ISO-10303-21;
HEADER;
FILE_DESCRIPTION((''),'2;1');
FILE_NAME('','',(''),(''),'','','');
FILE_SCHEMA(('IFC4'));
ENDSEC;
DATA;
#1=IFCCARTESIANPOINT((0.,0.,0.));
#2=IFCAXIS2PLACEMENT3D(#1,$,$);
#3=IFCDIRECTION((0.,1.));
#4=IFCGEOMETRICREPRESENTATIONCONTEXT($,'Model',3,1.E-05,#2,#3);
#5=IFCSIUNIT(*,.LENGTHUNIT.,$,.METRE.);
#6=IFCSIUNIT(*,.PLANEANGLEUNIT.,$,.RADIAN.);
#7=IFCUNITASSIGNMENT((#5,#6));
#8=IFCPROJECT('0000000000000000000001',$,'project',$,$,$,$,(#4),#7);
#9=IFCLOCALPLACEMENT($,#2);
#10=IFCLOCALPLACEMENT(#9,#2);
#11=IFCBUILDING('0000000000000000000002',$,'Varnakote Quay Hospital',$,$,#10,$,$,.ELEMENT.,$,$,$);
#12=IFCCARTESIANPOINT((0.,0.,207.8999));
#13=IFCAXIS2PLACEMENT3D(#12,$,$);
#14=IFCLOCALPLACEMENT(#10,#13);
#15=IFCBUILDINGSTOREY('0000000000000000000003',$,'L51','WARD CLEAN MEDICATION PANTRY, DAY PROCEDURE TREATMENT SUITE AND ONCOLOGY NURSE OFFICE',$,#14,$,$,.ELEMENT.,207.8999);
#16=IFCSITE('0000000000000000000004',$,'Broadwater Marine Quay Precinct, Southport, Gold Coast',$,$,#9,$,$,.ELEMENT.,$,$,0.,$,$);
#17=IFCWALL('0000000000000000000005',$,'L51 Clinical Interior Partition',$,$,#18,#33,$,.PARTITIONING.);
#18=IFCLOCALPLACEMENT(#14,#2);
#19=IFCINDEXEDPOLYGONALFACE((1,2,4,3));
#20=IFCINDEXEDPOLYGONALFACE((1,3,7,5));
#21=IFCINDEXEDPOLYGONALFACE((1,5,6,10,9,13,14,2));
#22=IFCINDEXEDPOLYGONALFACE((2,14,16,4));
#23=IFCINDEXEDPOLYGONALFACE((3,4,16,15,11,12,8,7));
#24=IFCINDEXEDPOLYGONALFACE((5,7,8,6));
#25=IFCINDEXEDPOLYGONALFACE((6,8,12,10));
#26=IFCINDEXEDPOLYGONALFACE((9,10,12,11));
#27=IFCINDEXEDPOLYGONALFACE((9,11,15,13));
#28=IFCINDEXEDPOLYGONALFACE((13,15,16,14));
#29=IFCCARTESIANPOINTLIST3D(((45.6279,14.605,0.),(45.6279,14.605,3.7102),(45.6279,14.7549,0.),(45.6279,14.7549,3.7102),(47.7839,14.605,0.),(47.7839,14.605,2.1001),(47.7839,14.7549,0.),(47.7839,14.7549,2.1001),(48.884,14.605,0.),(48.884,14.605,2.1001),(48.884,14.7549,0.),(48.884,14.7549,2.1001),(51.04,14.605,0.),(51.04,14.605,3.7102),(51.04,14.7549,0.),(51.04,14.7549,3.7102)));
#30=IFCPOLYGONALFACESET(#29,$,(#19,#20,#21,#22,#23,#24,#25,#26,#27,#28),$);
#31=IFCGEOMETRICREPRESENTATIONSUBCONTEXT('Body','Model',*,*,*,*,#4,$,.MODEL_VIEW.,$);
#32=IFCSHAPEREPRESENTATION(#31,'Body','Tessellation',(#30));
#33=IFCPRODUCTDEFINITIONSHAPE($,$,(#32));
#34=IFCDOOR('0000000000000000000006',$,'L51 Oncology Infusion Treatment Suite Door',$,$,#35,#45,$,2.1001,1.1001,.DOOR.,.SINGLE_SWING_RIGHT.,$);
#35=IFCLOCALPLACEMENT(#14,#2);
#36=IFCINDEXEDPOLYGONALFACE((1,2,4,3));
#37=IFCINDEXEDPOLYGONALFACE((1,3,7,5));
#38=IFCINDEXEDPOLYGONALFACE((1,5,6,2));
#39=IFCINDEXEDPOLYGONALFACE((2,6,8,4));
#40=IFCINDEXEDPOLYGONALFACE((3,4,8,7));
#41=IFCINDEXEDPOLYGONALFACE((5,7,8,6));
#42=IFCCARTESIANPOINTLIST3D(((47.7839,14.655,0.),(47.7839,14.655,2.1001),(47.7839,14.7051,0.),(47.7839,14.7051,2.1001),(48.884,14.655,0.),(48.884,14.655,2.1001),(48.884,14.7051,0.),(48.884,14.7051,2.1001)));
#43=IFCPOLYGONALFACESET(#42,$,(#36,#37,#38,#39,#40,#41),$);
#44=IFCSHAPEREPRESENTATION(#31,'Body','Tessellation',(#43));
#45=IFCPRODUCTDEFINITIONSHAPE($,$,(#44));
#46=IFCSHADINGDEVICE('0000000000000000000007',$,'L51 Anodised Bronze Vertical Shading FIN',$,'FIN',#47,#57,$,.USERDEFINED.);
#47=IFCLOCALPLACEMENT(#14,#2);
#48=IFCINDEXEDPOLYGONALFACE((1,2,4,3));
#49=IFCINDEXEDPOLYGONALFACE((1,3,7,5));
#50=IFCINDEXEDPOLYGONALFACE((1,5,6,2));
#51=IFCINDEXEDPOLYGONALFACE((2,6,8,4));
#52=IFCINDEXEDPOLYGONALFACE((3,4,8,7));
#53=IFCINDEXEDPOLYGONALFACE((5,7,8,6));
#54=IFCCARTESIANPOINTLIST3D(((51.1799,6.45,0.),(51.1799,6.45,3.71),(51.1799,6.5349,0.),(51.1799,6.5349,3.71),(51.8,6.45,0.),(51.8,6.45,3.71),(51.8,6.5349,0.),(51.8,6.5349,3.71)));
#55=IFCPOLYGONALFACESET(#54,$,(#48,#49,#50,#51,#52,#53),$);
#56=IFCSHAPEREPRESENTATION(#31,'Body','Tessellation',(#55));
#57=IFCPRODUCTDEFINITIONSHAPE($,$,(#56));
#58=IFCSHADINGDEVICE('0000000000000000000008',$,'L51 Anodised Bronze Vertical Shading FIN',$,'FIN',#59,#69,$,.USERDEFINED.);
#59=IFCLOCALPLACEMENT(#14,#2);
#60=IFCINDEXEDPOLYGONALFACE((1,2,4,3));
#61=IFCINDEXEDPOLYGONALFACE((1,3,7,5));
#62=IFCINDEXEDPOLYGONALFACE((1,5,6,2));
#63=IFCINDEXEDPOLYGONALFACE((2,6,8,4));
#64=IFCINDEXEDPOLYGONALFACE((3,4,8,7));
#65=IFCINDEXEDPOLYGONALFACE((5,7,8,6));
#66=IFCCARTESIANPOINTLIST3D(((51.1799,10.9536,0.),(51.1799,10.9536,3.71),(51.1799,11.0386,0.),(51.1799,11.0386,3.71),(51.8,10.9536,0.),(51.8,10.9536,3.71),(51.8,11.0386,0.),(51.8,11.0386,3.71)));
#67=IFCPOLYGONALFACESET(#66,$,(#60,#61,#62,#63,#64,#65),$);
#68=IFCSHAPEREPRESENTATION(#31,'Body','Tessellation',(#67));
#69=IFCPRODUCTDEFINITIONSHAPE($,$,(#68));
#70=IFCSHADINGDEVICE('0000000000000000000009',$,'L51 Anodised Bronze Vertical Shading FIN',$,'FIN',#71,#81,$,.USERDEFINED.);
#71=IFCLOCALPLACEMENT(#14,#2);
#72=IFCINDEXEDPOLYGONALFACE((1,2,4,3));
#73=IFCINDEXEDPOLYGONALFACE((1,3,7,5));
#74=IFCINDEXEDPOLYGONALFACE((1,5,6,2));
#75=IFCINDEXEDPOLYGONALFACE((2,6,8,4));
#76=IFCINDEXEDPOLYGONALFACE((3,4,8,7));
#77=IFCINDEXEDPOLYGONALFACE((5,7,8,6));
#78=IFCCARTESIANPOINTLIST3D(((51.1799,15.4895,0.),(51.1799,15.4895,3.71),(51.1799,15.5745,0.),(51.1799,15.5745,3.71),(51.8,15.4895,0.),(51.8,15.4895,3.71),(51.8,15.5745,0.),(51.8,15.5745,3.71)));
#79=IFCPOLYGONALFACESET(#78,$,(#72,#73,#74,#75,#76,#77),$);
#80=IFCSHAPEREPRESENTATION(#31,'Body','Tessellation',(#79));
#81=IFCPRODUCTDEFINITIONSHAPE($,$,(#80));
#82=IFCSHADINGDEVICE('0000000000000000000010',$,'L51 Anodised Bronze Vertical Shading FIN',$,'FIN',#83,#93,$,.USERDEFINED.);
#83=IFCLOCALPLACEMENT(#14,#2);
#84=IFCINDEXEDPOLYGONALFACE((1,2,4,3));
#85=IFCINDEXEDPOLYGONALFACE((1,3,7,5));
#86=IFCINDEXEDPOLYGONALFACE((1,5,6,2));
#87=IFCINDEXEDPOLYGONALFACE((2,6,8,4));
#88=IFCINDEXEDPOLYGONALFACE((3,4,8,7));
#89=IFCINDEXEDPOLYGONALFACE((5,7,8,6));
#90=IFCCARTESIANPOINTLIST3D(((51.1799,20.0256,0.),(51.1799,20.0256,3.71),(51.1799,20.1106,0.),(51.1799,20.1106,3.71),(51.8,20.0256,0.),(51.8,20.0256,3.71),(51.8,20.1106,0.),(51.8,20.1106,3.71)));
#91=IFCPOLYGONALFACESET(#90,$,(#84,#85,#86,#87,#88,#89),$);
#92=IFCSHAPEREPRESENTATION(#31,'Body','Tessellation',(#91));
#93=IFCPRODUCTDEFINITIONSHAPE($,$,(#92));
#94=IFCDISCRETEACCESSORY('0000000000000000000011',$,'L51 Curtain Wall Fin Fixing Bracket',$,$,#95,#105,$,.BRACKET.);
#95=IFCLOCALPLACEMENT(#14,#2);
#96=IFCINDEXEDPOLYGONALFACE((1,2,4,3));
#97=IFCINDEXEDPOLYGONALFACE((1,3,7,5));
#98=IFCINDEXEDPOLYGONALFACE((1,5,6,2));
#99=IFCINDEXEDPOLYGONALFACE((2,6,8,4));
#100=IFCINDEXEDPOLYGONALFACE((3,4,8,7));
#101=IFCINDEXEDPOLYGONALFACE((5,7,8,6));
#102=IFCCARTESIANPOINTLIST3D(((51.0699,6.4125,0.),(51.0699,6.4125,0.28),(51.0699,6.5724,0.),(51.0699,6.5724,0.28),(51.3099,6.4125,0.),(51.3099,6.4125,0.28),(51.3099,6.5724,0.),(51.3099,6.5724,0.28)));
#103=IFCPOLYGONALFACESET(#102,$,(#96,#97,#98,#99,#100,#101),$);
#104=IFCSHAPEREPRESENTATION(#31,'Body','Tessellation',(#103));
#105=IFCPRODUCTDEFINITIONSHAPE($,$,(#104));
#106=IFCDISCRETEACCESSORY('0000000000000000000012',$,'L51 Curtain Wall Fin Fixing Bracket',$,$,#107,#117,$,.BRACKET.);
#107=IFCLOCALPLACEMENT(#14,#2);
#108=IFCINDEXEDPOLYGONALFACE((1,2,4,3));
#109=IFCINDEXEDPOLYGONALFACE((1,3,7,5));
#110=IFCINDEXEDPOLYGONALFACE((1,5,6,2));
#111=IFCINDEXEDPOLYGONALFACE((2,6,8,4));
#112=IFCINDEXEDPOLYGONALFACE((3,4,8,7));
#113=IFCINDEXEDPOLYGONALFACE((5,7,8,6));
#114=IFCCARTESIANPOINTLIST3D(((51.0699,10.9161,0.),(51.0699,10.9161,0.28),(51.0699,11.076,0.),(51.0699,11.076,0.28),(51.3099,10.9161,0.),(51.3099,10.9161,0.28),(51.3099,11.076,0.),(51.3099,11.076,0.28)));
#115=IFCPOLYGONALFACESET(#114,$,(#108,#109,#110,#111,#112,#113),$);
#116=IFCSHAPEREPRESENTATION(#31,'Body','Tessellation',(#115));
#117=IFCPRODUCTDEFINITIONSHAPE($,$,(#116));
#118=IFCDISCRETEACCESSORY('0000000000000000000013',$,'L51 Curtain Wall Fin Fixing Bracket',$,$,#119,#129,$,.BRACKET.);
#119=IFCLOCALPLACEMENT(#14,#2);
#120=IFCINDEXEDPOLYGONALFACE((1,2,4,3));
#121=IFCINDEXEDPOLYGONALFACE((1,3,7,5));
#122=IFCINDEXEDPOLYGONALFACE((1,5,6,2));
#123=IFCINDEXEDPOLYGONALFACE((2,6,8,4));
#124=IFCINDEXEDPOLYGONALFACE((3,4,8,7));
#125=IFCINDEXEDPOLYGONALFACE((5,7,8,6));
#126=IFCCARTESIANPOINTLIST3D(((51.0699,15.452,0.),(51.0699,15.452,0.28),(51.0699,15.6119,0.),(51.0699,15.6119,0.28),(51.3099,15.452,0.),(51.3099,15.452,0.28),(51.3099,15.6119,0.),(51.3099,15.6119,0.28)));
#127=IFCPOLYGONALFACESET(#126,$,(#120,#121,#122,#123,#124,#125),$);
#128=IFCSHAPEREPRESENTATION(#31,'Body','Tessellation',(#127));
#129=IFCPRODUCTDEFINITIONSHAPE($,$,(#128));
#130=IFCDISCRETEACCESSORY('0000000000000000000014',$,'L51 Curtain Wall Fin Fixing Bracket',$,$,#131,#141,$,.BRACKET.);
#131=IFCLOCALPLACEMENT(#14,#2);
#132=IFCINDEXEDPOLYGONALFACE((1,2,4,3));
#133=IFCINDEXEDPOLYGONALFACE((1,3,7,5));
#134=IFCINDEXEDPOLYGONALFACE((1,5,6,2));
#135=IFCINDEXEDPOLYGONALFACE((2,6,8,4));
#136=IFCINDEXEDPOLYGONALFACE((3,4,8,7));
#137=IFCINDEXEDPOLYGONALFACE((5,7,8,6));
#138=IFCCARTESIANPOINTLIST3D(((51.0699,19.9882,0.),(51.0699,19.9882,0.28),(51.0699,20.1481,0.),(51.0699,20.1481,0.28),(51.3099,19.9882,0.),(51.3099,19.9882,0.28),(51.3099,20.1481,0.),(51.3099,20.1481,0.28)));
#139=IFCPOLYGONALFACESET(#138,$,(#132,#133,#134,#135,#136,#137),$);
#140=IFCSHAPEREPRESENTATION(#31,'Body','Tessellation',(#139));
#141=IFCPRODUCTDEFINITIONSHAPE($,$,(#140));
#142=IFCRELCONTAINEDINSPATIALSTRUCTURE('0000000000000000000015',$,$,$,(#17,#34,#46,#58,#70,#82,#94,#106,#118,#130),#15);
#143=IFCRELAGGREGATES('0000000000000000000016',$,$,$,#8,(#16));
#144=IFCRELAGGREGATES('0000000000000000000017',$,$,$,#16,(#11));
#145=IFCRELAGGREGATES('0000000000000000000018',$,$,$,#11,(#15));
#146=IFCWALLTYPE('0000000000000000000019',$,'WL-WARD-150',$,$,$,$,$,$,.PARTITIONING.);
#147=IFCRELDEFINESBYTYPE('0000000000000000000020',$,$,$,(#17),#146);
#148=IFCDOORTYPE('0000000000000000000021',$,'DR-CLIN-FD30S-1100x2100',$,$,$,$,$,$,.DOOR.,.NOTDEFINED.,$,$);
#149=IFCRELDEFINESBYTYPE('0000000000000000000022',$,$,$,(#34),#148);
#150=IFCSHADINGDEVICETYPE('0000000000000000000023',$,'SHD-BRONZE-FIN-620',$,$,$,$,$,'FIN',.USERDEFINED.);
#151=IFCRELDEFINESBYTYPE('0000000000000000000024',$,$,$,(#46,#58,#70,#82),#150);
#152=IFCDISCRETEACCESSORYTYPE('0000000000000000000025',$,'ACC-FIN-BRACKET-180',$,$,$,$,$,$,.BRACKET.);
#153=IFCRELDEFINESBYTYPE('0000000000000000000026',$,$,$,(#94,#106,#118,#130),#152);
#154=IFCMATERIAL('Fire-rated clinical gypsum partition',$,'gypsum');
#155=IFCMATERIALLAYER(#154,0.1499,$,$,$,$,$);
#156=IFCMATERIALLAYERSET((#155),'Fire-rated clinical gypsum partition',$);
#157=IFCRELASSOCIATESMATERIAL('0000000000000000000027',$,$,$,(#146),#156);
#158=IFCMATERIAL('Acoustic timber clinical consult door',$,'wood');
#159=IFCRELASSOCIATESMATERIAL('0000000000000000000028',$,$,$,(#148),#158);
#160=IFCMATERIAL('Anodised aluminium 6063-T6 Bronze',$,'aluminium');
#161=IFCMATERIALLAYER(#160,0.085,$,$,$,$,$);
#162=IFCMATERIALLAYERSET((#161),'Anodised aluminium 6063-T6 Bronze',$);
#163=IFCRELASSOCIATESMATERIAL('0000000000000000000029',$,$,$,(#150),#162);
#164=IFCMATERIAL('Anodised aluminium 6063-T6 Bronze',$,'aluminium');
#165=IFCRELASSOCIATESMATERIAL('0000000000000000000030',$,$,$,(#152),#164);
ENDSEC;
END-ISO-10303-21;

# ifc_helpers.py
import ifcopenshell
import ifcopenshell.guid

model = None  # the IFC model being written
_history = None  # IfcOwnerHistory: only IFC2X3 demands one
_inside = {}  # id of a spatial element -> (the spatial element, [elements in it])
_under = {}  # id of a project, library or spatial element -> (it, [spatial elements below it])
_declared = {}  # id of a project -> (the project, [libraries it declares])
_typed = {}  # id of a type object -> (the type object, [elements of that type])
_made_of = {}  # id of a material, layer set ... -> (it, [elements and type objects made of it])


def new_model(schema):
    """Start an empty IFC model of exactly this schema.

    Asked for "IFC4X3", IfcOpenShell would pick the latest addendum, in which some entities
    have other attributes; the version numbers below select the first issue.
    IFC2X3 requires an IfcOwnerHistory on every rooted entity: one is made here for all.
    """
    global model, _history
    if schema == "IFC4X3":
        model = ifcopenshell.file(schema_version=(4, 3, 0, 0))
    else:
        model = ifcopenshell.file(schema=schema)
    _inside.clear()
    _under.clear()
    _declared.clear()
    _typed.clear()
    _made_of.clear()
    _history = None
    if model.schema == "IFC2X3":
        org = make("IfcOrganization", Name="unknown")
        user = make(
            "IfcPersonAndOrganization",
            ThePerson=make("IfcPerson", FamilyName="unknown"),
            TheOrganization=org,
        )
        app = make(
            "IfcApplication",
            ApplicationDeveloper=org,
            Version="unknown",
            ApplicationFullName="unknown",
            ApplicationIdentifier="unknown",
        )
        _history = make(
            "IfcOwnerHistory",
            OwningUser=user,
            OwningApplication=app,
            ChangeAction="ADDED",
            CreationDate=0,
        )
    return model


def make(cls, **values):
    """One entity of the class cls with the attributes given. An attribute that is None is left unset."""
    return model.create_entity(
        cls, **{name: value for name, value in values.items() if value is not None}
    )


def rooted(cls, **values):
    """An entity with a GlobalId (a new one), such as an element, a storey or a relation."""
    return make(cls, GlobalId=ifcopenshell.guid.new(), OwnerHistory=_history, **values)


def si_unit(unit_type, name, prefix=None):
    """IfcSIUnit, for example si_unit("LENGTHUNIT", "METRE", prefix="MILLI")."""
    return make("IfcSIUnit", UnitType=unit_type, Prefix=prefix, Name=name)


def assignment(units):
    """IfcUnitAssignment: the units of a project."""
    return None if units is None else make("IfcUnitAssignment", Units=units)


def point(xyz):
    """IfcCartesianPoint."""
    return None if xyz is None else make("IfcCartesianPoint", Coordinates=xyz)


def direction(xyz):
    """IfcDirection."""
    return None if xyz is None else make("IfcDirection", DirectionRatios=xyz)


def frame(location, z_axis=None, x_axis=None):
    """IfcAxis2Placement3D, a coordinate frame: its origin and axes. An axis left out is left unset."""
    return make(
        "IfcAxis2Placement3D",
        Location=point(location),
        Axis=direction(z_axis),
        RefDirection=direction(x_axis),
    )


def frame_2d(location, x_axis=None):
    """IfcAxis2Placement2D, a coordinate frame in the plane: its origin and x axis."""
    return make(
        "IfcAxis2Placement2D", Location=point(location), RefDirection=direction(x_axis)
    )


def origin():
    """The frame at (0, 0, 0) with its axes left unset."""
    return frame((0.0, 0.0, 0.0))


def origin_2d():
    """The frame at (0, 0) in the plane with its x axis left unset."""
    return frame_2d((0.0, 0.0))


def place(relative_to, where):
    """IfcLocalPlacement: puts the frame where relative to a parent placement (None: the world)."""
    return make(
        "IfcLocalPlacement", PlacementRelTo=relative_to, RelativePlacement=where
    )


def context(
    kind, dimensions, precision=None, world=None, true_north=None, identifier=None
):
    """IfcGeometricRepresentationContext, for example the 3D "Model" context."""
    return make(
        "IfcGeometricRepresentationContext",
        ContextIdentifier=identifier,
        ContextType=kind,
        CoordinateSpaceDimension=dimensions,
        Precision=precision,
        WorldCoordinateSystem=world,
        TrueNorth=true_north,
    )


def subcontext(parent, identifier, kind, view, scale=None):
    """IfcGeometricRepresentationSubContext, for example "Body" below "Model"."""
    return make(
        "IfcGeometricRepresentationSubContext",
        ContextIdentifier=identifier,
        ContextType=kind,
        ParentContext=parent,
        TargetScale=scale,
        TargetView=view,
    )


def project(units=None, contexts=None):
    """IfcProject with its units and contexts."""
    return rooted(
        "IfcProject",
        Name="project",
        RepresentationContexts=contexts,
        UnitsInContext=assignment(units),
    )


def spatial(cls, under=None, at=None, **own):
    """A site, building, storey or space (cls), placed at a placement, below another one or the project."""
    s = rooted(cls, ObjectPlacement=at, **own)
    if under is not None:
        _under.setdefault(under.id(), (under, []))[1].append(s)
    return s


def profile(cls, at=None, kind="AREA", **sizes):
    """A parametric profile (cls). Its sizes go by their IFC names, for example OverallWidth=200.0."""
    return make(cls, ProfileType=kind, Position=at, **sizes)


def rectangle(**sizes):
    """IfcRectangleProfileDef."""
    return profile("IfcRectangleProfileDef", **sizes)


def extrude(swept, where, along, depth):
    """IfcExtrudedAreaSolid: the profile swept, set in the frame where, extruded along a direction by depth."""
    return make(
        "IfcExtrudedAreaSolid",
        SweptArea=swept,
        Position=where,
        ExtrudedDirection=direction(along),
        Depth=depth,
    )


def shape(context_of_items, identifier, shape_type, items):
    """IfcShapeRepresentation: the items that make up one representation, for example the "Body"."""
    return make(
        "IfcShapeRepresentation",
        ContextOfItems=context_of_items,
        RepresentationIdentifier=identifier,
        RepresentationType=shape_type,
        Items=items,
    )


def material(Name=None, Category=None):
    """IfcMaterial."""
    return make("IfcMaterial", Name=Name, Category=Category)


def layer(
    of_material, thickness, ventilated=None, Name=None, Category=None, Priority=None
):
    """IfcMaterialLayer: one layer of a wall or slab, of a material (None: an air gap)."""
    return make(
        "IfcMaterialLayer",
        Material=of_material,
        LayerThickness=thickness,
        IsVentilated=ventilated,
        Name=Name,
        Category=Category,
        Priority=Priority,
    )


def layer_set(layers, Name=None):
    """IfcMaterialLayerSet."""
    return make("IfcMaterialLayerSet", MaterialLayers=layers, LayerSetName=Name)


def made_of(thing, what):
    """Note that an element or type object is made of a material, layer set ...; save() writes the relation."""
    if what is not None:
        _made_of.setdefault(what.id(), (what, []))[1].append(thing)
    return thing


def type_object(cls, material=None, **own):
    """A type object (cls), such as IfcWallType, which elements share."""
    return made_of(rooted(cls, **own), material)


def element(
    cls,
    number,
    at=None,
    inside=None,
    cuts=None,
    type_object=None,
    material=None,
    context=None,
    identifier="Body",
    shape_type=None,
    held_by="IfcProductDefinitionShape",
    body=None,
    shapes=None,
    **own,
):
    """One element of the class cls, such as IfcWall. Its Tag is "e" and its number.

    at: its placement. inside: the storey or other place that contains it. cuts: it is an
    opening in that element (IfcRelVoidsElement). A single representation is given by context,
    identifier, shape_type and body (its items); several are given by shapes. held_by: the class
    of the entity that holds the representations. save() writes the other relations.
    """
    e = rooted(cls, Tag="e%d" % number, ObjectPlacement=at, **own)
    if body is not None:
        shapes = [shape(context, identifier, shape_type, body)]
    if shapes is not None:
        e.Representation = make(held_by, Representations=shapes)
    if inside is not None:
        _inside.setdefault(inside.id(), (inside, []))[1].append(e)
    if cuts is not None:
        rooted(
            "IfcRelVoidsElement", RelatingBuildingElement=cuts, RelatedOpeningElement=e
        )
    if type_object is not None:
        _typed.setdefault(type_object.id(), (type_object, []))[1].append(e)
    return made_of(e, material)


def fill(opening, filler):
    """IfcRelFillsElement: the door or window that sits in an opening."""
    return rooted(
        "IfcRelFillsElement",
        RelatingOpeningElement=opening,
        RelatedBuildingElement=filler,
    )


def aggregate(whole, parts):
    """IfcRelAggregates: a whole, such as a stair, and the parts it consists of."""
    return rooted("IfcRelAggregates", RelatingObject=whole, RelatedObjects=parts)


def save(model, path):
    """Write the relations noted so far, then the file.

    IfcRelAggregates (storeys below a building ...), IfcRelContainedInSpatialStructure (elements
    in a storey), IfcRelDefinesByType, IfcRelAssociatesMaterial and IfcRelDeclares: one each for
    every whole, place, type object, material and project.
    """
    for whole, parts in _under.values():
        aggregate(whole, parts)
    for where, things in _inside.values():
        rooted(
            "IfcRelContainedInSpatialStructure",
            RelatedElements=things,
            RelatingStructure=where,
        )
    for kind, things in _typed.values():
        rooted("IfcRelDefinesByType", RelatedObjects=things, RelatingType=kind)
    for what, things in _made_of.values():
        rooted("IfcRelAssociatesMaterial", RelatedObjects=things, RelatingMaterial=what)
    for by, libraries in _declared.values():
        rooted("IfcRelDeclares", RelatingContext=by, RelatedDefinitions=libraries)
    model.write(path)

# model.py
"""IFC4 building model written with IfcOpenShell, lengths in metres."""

from ifc_helpers import new_model, si_unit, direction, frame, frame_2d, origin, origin_2d, place, context, subcontext, project, spatial, rectangle, extrude, material, layer, layer_set, type_object, element, fill, save


model = new_model("IFC4")

# Units and contexts
model_context = context("Model", 3, precision=1e-05, world=origin(), true_north=direction((0.0, 1.0)))
body_context = subcontext(model_context, "Body", "Model", "MODEL_VIEW")
ifc_project = project(units=[si_unit("LENGTHUNIT", "METRE"), si_unit("PLANEANGLEUNIT", "RADIAN")], contexts=[model_context])

# Site, building, storey
site_placement = place(None, origin())
site = spatial("IfcSite", under=ifc_project, at=site_placement, Name="Broadwater Marine Quay Precinct, Southport, Gold Coast", CompositionType="ELEMENT", RefElevation=0.0)
building_placement = place(site_placement, origin())
building = spatial("IfcBuilding", under=site, at=building_placement, Name="Varnakote Quay Hospital", CompositionType="ELEMENT")
storey_placement = place(building_placement, frame((0.0, 0.0, 207.8999)))
storey = spatial("IfcBuildingStorey", under=building, at=storey_placement, Name="L51", Description="WARD CLEAN MEDICATION PANTRY, DAY PROCEDURE TREATMENT SUITE AND ONCOLOGY NURSE OFFICE", CompositionType="ELEMENT", Elevation=207.8999)

# Wall, opening, door
ifc_material_1 = material(Name="Fire-rated clinical gypsum partition", Category="gypsum")
ifc_layer_1 = layer(ifc_material_1, 0.1499)
ifc_layer_set_1 = layer_set([ifc_layer_1], Name="Fire-rated clinical gypsum partition")
wall_type = type_object("IfcWallType", Name="WL-WARD-150", PredefinedType="PARTITIONING", material=ifc_layer_set_1)
ifc_material_2 = material(Name="Acoustic timber clinical consult door", Category="wood")
door_type = type_object("IfcDoorType", Name="DR-CLIN-FD30S-1100x2100", OperationType="NOTDEFINED", PredefinedType="DOOR", material=ifc_material_2)
wall_1_placement = place(storey_placement, frame((51.04, 14.6799, 0.0), z_axis=(0.0, 0.0, 1.0), x_axis=(-1.0, 0.0, 0.0)))
wall_1 = element("IfcWall", 1, at=wall_1_placement, inside=storey, type_object=wall_type, Name="L51 Clinical Interior Partition", PredefinedType="PARTITIONING", context=body_context, shape_type="SweptSolid", body=[
    extrude(rectangle(XDim=5.4121, YDim=0.1499, at=frame_2d((2.7061, 0.0))), origin(), (0.0, 0.0, 1.0), 3.7102),
])
opening_1_placement = place(wall_1_placement, frame((2.156, 0.0, 0.0)))
opening_1 = element("IfcOpeningElement", 2, at=opening_1_placement, cuts=wall_1, PredefinedType="OPENING", context=body_context, shape_type="SweptSolid", body=[
    extrude(rectangle(XDim=1.1001, YDim=2.1001, at=frame_2d((0.55, 1.05))), frame((0.0, 0.085, 0.0), z_axis=(0.0, -1.0, 0.0), x_axis=(1.0, 0.0, 0.0)), (0.0, 0.0, 1.0), 0.1699),
])
door_1_placement = place(opening_1_placement, origin())
door_1 = element("IfcDoor", 3, at=door_1_placement, inside=storey, type_object=door_type, Name="L51 Oncology Infusion Treatment Suite Door", OperationType="SINGLE_SWING_RIGHT", OverallHeight=2.1001, OverallWidth=1.1001, PredefinedType="DOOR", context=body_context, shape_type="SweptSolid", body=[
    extrude(rectangle(XDim=1.1001, YDim=2.1001, at=frame_2d((0.55, 1.05))), frame((0.0, 0.0249, 0.0), z_axis=(0.0, -1.0, 0.0), x_axis=(1.0, 0.0, 0.0)), (0.0, 0.0, 1.0), 0.05),
])
fill(opening_1, door_1)

# Shading devices
ifc_material_3 = material(Name="Anodised aluminium 6063-T6 Bronze", Category="aluminium")
ifc_layer_2 = layer(ifc_material_3, 0.085)
ifc_layer_set_2 = layer_set([ifc_layer_2], Name="Anodised aluminium 6063-T6 Bronze")
shading_device_type = type_object("IfcShadingDeviceType", Name="SHD-BRONZE-FIN-620", ElementType="FIN", PredefinedType="USERDEFINED", material=ifc_layer_set_2)
for number, where, z_axis, x_axis, name in (
    (4, (51.49, 6.4924, 0.0), (0.0, 0.0, 1.0), (-1.0, 0.0, 0.0), "L51 Anodised Bronze Vertical Shading FIN"),
    (5, (51.49, 10.9961, 0.0), (0.0, 0.0, 1.0), (-1.0, 0.0, 0.0), "L51 Anodised Bronze Vertical Shading FIN"),
    (6, (51.49, 15.532, 0.0), (0.0, 0.0, 1.0), (-1.0, 0.0, 0.0), "L51 Anodised Bronze Vertical Shading FIN"),
    (7, (51.49, 20.0681, 0.0), (0.0, 0.0, 1.0), (-1.0, 0.0, 0.0), "L51 Anodised Bronze Vertical Shading FIN"),
):
    element("IfcShadingDevice", number, at=place(storey_placement, frame(where, z_axis=z_axis, x_axis=x_axis)), inside=storey, type_object=shading_device_type, Name=name, ObjectType="FIN", PredefinedType="USERDEFINED", context=body_context, shape_type="SweptSolid", body=[
        extrude(rectangle(XDim=0.6201, YDim=0.085, at=origin_2d()), origin(), (0.0, 0.0, 1.0), 3.71),
    ])

# Discrete accessories
ifc_material_4 = material(Name="Anodised aluminium 6063-T6 Bronze", Category="aluminium")
discrete_accessory_type = type_object("IfcDiscreteAccessoryType", Name="ACC-FIN-BRACKET-180", PredefinedType="BRACKET", material=ifc_material_4)
for number, where, z_axis, x_axis, name in (
    (8, (51.1899, 6.4924, 0.0), (0.0, 0.0, 1.0), (0.0, 1.0, 0.0), "L51 Curtain Wall Fin Fixing Bracket"),
    (9, (51.1899, 10.9961, 0.0), (0.0, 0.0, 1.0), (0.0, 1.0, 0.0), "L51 Curtain Wall Fin Fixing Bracket"),
    (10, (51.1899, 15.532, 0.0), (0.0, 0.0, 1.0), (0.0, 1.0, 0.0), "L51 Curtain Wall Fin Fixing Bracket"),
    (11, (51.1899, 20.0681, 0.0), (0.0, 0.0, 1.0), (0.0, 1.0, 0.0), "L51 Curtain Wall Fin Fixing Bracket"),
):
    element("IfcDiscreteAccessory", number, at=place(storey_placement, frame(where, z_axis=z_axis, x_axis=x_axis)), inside=storey, type_object=discrete_accessory_type, Name=name, PredefinedType="BRACKET", context=body_context, shape_type="SweptSolid", body=[
        extrude(rectangle(XDim=0.1599, YDim=0.24, at=origin_2d()), origin(), (0.0, 0.0, 1.0), 0.28),
    ])

save(model, "model.ifc")
